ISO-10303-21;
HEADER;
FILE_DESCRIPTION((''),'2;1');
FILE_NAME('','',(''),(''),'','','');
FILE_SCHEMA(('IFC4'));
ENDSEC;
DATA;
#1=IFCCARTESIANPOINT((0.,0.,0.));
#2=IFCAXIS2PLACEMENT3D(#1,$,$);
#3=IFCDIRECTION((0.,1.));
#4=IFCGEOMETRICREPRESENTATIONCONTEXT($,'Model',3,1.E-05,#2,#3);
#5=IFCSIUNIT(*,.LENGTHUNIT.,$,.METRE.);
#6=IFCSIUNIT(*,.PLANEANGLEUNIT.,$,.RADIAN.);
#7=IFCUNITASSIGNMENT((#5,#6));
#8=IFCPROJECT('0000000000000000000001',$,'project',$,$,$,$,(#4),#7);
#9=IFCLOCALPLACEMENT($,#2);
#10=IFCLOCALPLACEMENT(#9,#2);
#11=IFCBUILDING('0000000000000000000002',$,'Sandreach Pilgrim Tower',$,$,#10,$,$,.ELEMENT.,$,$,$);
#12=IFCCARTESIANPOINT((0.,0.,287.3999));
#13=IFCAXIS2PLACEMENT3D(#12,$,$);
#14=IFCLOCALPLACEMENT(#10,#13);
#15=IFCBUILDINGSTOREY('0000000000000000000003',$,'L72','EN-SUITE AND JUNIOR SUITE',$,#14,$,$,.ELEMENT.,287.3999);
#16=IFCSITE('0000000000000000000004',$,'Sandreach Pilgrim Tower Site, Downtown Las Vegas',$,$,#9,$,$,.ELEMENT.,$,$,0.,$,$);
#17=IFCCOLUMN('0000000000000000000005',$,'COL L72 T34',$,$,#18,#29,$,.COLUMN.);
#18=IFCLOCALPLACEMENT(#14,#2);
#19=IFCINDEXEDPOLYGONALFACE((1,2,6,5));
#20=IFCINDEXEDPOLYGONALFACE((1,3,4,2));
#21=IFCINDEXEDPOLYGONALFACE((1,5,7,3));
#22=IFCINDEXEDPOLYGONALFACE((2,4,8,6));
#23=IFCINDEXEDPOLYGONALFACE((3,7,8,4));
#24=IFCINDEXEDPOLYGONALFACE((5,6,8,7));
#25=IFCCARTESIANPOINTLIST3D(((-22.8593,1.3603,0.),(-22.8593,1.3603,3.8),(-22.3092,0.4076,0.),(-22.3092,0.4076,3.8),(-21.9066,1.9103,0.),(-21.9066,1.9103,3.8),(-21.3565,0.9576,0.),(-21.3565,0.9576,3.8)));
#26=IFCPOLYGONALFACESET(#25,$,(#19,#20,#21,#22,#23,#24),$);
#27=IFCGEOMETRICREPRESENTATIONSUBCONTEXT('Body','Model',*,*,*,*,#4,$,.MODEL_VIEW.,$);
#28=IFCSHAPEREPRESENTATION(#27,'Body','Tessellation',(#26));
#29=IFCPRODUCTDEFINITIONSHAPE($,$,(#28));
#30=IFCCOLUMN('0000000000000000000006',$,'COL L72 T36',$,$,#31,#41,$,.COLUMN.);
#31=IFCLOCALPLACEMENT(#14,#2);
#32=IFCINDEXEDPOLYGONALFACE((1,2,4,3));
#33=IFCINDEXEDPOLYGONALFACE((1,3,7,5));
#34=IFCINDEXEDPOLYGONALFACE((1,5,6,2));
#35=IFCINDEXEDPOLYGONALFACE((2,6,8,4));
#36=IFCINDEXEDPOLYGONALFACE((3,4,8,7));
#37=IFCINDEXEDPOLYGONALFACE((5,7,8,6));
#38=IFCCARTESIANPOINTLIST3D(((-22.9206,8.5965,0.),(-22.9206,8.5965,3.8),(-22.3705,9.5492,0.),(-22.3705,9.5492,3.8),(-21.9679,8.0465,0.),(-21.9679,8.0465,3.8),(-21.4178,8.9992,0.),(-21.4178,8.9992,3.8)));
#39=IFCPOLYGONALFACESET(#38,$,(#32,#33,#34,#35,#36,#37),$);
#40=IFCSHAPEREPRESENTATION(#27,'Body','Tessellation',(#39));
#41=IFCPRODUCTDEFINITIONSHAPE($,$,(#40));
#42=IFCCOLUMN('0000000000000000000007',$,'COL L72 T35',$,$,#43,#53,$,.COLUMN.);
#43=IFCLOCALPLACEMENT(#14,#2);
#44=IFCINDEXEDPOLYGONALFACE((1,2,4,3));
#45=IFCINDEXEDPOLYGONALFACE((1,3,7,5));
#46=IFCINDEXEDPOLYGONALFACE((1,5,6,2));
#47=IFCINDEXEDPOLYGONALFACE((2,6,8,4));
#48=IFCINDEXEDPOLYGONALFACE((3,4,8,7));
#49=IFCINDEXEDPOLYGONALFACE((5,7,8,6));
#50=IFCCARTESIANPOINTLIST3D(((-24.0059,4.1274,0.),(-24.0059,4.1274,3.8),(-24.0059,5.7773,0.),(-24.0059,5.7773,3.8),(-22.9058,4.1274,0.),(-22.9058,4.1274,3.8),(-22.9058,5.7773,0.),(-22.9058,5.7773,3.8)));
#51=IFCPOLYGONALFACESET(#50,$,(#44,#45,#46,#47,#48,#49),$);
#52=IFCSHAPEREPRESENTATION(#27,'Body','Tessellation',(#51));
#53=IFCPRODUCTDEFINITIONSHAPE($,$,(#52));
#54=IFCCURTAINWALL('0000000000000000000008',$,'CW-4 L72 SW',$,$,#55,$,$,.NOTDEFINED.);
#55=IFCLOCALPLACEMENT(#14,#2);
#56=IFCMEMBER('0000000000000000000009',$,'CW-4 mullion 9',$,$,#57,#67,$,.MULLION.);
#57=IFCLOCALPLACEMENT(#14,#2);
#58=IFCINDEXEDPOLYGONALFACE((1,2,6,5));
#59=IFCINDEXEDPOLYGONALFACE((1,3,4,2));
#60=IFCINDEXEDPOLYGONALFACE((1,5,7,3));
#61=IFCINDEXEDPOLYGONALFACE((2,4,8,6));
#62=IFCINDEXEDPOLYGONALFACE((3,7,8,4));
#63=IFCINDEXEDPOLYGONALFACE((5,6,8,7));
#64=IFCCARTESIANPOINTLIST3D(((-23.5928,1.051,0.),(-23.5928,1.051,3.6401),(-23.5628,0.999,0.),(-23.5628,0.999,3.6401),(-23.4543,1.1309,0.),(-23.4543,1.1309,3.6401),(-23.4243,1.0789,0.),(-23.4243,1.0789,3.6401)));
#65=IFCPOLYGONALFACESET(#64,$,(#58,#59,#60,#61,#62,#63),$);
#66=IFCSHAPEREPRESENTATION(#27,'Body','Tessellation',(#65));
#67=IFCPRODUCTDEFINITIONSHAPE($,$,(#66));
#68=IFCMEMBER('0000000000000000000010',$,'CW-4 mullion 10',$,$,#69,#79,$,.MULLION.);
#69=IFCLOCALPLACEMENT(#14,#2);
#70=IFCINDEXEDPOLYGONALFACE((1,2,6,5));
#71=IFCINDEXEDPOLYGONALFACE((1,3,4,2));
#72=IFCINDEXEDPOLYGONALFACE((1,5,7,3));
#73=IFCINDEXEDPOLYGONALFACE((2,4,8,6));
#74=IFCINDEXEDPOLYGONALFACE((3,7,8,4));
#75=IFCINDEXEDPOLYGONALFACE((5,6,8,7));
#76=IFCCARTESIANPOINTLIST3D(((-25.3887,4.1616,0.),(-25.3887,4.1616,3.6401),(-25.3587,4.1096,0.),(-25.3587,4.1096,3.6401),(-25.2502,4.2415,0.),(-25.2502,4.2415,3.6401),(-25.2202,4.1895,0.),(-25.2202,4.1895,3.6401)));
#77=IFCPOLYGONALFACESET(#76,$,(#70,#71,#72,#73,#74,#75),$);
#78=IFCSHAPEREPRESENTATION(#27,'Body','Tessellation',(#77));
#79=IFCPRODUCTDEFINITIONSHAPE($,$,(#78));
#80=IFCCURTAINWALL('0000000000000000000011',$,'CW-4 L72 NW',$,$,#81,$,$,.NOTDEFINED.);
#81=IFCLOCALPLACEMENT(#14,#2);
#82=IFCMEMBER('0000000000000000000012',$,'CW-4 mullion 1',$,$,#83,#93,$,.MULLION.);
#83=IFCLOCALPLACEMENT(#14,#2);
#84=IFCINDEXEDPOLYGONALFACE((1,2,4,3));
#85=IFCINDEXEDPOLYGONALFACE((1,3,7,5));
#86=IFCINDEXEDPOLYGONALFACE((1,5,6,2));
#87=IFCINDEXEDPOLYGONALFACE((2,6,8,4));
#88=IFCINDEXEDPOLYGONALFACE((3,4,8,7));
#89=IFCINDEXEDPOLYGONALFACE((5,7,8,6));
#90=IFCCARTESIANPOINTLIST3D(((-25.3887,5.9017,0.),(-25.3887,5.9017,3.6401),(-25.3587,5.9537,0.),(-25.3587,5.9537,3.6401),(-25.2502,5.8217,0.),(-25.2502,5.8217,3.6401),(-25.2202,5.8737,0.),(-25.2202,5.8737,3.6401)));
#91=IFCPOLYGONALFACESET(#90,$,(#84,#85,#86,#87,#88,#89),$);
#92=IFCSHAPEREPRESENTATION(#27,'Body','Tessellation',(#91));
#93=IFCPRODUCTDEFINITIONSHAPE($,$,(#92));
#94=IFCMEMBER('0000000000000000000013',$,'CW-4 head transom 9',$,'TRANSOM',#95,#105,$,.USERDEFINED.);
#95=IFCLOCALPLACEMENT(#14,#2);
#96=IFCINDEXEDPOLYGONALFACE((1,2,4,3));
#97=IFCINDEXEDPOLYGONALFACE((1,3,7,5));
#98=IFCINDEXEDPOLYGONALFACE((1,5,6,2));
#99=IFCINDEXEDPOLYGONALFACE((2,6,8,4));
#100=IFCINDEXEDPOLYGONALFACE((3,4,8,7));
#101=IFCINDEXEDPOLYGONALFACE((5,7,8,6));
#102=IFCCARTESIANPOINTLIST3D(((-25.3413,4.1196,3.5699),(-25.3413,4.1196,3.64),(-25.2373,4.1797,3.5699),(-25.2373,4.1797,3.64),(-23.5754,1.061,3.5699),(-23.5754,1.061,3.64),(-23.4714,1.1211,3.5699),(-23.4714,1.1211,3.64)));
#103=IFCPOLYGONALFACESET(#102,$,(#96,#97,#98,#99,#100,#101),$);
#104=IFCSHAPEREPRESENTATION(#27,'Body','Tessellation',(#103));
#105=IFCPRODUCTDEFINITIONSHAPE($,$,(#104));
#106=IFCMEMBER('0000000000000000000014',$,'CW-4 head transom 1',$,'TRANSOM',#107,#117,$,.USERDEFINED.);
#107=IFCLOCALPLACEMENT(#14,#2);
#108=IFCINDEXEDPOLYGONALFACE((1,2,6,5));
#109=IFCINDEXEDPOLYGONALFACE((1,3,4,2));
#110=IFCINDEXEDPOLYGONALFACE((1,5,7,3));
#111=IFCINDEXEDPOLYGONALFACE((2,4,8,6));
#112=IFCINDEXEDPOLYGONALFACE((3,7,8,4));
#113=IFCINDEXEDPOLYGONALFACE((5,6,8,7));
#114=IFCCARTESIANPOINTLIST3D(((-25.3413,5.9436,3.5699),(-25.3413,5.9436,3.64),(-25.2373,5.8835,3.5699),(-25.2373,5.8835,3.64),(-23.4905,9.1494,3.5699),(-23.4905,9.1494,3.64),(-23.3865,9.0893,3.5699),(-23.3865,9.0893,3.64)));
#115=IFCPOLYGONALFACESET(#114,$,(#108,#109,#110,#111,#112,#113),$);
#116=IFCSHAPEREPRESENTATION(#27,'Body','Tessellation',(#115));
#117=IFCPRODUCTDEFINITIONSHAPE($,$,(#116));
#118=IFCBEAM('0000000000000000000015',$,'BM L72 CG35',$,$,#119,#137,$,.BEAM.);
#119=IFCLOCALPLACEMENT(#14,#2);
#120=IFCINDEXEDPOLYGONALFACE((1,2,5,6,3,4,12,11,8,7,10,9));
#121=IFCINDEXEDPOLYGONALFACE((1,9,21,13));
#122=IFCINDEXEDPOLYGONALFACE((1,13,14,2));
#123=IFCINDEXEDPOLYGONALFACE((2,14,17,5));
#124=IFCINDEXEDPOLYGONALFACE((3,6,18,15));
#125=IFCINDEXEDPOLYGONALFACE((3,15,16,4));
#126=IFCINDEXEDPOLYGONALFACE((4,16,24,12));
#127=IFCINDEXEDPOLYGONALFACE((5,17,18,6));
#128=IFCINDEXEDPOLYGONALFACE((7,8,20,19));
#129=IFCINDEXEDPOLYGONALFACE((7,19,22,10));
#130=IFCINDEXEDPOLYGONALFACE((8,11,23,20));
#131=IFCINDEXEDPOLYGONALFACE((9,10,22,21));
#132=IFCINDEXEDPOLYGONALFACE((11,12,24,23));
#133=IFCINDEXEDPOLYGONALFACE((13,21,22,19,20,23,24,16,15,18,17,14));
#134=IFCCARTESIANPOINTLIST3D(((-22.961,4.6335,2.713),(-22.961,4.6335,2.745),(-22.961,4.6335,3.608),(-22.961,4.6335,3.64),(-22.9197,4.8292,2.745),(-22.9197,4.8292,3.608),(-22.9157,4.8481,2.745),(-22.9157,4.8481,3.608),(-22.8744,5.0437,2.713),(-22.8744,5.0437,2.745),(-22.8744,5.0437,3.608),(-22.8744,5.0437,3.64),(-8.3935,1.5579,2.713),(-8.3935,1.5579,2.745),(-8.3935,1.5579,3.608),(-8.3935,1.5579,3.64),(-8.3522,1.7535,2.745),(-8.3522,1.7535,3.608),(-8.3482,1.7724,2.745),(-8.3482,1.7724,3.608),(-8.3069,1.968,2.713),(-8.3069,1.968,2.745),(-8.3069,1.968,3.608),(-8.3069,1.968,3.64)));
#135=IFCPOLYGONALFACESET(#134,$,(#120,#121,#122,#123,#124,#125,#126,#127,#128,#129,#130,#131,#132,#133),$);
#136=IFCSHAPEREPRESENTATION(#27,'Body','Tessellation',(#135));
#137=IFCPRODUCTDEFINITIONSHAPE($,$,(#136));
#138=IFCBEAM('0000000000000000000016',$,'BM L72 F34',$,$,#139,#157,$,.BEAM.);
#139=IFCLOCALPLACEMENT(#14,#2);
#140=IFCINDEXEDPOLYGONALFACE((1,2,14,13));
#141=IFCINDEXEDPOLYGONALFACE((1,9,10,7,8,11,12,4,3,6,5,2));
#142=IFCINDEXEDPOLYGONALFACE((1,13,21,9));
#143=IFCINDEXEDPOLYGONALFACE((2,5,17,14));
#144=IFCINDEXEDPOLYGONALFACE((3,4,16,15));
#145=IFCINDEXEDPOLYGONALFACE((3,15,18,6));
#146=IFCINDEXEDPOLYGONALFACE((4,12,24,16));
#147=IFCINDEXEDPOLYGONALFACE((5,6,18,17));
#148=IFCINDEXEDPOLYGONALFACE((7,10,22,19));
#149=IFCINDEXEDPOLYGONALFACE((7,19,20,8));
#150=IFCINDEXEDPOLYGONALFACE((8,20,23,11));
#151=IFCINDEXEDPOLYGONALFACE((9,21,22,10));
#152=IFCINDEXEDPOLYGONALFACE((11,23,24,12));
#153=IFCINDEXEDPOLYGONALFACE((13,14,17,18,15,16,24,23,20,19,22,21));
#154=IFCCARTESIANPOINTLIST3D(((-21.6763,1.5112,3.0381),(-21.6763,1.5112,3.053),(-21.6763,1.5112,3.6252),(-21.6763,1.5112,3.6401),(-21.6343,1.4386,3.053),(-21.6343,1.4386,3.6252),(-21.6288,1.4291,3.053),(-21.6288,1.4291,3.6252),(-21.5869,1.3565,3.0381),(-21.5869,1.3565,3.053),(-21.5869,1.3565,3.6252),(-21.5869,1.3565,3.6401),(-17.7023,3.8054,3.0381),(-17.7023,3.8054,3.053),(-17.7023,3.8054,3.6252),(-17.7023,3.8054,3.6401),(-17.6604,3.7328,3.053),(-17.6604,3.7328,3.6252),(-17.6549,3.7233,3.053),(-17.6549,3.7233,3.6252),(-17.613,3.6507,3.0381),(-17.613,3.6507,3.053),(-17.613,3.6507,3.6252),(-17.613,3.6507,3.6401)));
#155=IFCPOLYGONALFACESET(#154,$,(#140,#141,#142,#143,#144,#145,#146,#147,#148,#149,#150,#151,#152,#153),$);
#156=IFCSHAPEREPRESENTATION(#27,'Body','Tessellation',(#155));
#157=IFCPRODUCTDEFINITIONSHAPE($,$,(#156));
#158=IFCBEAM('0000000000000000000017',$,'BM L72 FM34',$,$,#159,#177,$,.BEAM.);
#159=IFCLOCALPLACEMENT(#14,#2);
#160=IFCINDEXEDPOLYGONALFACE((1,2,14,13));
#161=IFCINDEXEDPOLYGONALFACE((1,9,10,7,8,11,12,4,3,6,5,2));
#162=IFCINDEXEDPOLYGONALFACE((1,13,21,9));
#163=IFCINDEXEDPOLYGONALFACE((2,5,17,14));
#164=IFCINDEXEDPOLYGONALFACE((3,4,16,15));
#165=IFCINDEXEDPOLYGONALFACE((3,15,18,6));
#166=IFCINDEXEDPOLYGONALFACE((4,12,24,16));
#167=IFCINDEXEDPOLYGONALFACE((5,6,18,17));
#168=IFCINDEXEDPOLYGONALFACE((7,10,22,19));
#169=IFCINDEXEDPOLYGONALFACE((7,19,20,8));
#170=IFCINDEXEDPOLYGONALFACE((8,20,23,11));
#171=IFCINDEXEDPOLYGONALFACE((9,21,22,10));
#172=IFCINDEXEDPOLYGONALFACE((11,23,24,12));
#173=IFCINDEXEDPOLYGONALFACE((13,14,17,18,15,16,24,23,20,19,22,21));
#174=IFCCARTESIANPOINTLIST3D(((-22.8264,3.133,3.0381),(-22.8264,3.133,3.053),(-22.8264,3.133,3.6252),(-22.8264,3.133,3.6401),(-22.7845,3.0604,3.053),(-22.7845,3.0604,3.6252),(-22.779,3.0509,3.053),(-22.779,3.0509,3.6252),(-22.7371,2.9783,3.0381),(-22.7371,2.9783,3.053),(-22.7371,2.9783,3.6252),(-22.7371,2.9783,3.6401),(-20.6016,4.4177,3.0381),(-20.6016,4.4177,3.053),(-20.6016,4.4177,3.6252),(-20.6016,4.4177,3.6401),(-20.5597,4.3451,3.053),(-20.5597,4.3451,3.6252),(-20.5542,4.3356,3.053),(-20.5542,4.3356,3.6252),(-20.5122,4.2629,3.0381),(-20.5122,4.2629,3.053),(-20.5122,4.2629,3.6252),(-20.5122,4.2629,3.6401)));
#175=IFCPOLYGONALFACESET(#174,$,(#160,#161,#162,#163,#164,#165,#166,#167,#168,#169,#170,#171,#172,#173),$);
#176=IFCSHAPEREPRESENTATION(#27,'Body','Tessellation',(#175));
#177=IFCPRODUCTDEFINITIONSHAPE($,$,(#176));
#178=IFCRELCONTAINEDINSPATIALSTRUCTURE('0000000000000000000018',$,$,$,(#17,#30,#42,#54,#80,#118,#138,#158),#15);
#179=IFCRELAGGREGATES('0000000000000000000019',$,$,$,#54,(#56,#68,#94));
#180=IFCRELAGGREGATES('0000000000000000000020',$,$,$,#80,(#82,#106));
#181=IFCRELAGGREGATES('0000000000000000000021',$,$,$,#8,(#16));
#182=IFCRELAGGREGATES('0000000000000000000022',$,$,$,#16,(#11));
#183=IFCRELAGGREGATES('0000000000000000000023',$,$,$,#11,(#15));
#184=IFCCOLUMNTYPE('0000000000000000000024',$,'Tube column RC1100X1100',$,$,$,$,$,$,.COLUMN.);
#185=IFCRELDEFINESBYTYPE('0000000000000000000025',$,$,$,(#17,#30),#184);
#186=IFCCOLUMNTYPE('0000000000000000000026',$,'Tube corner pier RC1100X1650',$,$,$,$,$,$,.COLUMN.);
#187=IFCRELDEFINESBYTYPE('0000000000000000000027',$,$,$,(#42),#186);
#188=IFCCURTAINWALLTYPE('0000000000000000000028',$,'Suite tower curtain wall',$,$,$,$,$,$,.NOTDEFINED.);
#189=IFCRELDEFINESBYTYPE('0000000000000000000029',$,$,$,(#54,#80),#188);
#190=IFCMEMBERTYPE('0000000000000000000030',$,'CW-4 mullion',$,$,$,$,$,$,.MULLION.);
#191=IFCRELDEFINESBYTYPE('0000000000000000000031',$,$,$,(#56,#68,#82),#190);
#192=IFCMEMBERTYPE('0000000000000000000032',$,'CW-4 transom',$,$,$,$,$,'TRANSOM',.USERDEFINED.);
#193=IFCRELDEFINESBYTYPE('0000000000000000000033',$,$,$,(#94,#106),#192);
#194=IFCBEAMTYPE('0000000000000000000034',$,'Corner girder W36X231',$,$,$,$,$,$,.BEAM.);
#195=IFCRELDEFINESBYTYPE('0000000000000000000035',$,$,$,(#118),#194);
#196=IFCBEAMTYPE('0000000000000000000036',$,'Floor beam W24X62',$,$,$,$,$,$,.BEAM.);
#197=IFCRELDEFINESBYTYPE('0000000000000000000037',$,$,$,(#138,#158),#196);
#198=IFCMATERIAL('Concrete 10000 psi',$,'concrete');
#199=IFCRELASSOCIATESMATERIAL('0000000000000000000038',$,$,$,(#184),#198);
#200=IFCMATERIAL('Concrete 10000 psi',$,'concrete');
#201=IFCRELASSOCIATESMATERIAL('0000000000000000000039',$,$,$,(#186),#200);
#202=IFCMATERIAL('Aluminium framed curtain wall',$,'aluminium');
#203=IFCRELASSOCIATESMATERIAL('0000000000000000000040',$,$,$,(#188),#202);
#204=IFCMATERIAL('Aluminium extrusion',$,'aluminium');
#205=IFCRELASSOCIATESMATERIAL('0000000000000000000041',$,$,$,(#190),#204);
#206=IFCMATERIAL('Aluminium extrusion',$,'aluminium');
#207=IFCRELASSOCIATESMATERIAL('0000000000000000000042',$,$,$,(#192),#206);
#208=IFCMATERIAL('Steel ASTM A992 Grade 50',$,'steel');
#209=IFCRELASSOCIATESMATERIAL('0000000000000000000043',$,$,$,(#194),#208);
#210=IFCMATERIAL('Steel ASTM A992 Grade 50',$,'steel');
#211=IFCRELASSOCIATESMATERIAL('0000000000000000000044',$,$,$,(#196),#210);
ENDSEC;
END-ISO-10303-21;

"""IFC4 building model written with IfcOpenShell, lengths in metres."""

from ifc_helpers import new_model, si_unit, direction, frame, origin, origin_2d, place, context, subcontext, project, spatial, rectangle, i_section, extrude, material, material_profile, profile_set, type_object, element, aggregate, save


model = new_model("IFC4")

# Units and contexts
model_context = context("Model", 3, precision=1e-05, world=origin(), true_north=direction((0.0, 1.0)))
body_context = subcontext(model_context, "Body", "Model", "MODEL_VIEW")
ifc_project = project(units=[si_unit("LENGTHUNIT", "METRE"), si_unit("PLANEANGLEUNIT", "RADIAN")], contexts=[model_context])

# Site, building, storey
site_placement = place(None, origin())
site = spatial("IfcSite", under=ifc_project, at=site_placement, Name="Sandreach Pilgrim Tower Site, Downtown Las Vegas", CompositionType="ELEMENT", RefElevation=0.0)
building_placement = place(site_placement, origin())
building = spatial("IfcBuilding", under=site, at=building_placement, Name="Sandreach Pilgrim Tower", CompositionType="ELEMENT")
storey_placement = place(building_placement, frame((0.0, 0.0, 287.3999)))
storey = spatial("IfcBuildingStorey", under=building, at=storey_placement, Name="L72", Description="EN-SUITE AND JUNIOR SUITE", CompositionType="ELEMENT", Elevation=287.3999)

# Columns
ifc_material_1 = material(Name="Concrete 10000 psi", Category="concrete")
ifc_material_profile_1 = material_profile(ifc_material_1, rectangle(XDim=1.1001, YDim=1.1001, at=origin_2d()), Name="RC1100X1100")
ifc_profile_set_1 = profile_set([ifc_material_profile_1], Name="Concrete 10000 psi")
column_type_1 = type_object("IfcColumnType", Name="Tube column RC1100X1100", PredefinedType="COLUMN", material=ifc_profile_set_1)
for number, where, z_axis, x_axis, name in (
    (1, (-22.1079, 1.1589, 0.0), (0.0, 0.0, 1.0), (-0.866025, -0.5, 0.0), "COL L72 T34"),
    (2, (-22.1692, 8.7979, 0.0), (0.0, 0.0, 1.0), (-0.866025, 0.5, 0.0), "COL L72 T36"),
):
    element("IfcColumn", number, at=place(storey_placement, frame(where, z_axis=z_axis, x_axis=x_axis)), inside=storey, type_object=column_type_1, Name=name, PredefinedType="COLUMN", context=body_context, shape_type="SweptSolid", body=[
        extrude(rectangle(XDim=1.1001, YDim=1.1001, at=origin_2d()), origin(), (0.0, 0.0, 1.0), 3.8),
    ])
ifc_material_2 = material(Name="Concrete 10000 psi", Category="concrete")
ifc_material_profile_2 = material_profile(ifc_material_2, rectangle(XDim=1.1001, YDim=1.6499, at=origin_2d()), Name="RC1100X1650")
ifc_profile_set_2 = profile_set([ifc_material_profile_2], Name="Concrete 10000 psi")
column_type_2 = type_object("IfcColumnType", Name="Tube corner pier RC1100X1650", PredefinedType="COLUMN", material=ifc_profile_set_2)
column_placement = place(storey_placement, frame((-23.4558, 4.9524, 0.0), z_axis=(0.0, 0.0, 1.0), x_axis=(-1.0, 0.0, 0.0)))
element("IfcColumn", 3, at=column_placement, inside=storey, type_object=column_type_2, Name="COL L72 T35", PredefinedType="COLUMN", context=body_context, shape_type="SweptSolid", body=[
    extrude(rectangle(XDim=1.1001, YDim=1.6499, at=origin_2d()), origin(), (0.0, 0.0, 1.0), 3.8),
])

# Curtain wall, members
ifc_material_3 = material(Name="Aluminium framed curtain wall", Category="aluminium")
curtain_wall_type = type_object("IfcCurtainWallType", Name="Suite tower curtain wall", PredefinedType="NOTDEFINED", material=ifc_material_3)
curtain_wall_1_placement = place(storey_placement, origin())
curtain_wall_1 = element("IfcCurtainWall", 4, at=curtain_wall_1_placement, inside=storey, type_object=curtain_wall_type, Name="CW-4 L72 SW", PredefinedType="NOTDEFINED")
ifc_material_4 = material(Name="Aluminium extrusion", Category="aluminium")
ifc_material_profile_3 = material_profile(ifc_material_4, rectangle(XDim=0.0601, YDim=0.1599, at=origin_2d()), Name="CW-4M 60X160")
ifc_profile_set_3 = profile_set([ifc_material_profile_3], Name="Aluminium extrusion")
member_type_1 = type_object("IfcMemberType", Name="CW-4 mullion", PredefinedType="MULLION", material=ifc_profile_set_3)
member_1_placement = place(storey_placement, frame((-23.5085, 1.0649, 0.0), z_axis=(0.0, 0.0, 1.0), x_axis=(-0.5, 0.866025, 0.0)))
member_1 = element("IfcMember", 5, at=member_1_placement, type_object=member_type_1, Name="CW-4 mullion 9", PredefinedType="MULLION", context=body_context, shape_type="SweptSolid", body=[
    extrude(rectangle(XDim=0.0601, YDim=0.1599, at=origin_2d()), origin(), (0.0, 0.0, 1.0), 3.6401),
])
member_2_placement = place(storey_placement, frame((-25.3044, 4.1755, 0.0), z_axis=(0.0, 0.0, 1.0), x_axis=(-0.5, 0.866025, 0.0)))
member_2 = element("IfcMember", 6, at=member_2_placement, type_object=member_type_1, Name="CW-4 mullion 10", PredefinedType="MULLION", context=body_context, shape_type="SweptSolid", body=[
    extrude(rectangle(XDim=0.0601, YDim=0.1599, at=origin_2d()), origin(), (0.0, 0.0, 1.0), 3.6401),
])

# Curtain wall, member
curtain_wall_2_placement = place(storey_placement, origin())
curtain_wall_2 = element("IfcCurtainWall", 7, at=curtain_wall_2_placement, inside=storey, type_object=curtain_wall_type, Name="CW-4 L72 NW", PredefinedType="NOTDEFINED")
member_3_placement = place(storey_placement, frame((-25.3044, 5.8877, 0.0), z_axis=(0.0, 0.0, 1.0), x_axis=(0.5, 0.866025, 0.0)))
member_3 = element("IfcMember", 8, at=member_3_placement, type_object=member_type_1, Name="CW-4 mullion 1", PredefinedType="MULLION", context=body_context, shape_type="SweptSolid", body=[
    extrude(rectangle(XDim=0.0601, YDim=0.1599, at=origin_2d()), origin(), (0.0, 0.0, 1.0), 3.6401),
])

# Members
ifc_material_5 = material(Name="Aluminium extrusion", Category="aluminium")
ifc_material_profile_4 = material_profile(ifc_material_5, rectangle(XDim=0.1201, YDim=0.0701, at=origin_2d()), Name="CW-4T 120X70")
ifc_profile_set_4 = profile_set([ifc_material_profile_4], Name="Aluminium extrusion")
member_type_2 = type_object("IfcMemberType", Name="CW-4 transom", ElementType="TRANSOM", PredefinedType="USERDEFINED", material=ifc_profile_set_4)
member_4_placement = place(storey_placement, frame((-23.5234, 1.0911, 3.605), z_axis=(-0.499998, 0.866027, 0.0), x_axis=(-0.866027, -0.499998, 0.0)))
member_4 = element("IfcMember", 9, at=member_4_placement, type_object=member_type_2, Name="CW-4 head transom 9", ObjectType="TRANSOM", PredefinedType="USERDEFINED", context=body_context, shape_type="SweptSolid", body=[
    extrude(rectangle(XDim=0.1201, YDim=0.0701, at=origin_2d()), origin(), (0.0, 0.0, 1.0), 3.5317),
])
member_5_placement = place(storey_placement, frame((-25.2893, 5.9136, 3.605), z_axis=(0.499991, 0.866031, 0.0), x_axis=(-0.866031, 0.499991, 0.0)))
member_5 = element("IfcMember", 10, at=member_5_placement, type_object=member_type_2, Name="CW-4 head transom 1", ObjectType="TRANSOM", PredefinedType="USERDEFINED", context=body_context, shape_type="SweptSolid", body=[
    extrude(rectangle(XDim=0.1201, YDim=0.0701, at=origin_2d()), origin(), (0.0, 0.0, 1.0), 3.7017),
])

# Beams
ifc_material_6 = material(Name="Steel ASTM A992 Grade 50", Category="steel")
ifc_material_profile_5 = material_profile(ifc_material_6, i_section(OverallWidth=0.4192, OverallDepth=0.927, WebThickness=0.0193, FlangeThickness=0.032, at=origin_2d()), Name="W36X231")
ifc_profile_set_5 = profile_set([ifc_material_profile_5], Name="Steel ASTM A992 Grade 50")
beam_type_1 = type_object("IfcBeamType", Name="Corner girder W36X231", PredefinedType="BEAM", material=ifc_profile_set_5)
beam_1_placement = place(storey_placement, frame((-22.9177, 4.8386, 3.1765), z_axis=(0.97843, -0.206577, 0.0), x_axis=(0.206577, 0.97843, 0.0)))
element("IfcBeam", 11, at=beam_1_placement, inside=storey, type_object=beam_type_1, Name="BM L72 CG35", PredefinedType="BEAM", context=body_context, shape_type="SweptSolid", body=[
    extrude(i_section(OverallWidth=0.4192, OverallDepth=0.927, WebThickness=0.0193, FlangeThickness=0.032, at=origin_2d()), origin(), (0.0, 0.0, 1.0), 14.8887),
])
ifc_material_7 = material(Name="Steel ASTM A992 Grade 50", Category="steel")
ifc_material_profile_6 = material_profile(ifc_material_7, i_section(OverallWidth=0.1787, OverallDepth=0.6021, WebThickness=0.011, FlangeThickness=0.0149, at=origin_2d()), Name="W24X62")
ifc_profile_set_6 = profile_set([ifc_material_profile_6], Name="Steel ASTM A992 Grade 50")
beam_type_2 = type_object("IfcBeamType", Name="Floor beam W24X62", PredefinedType="BEAM", material=ifc_profile_set_6)
beam_2_placement = place(storey_placement, frame((-21.6316, 1.4338, 3.3391), z_axis=(0.866038, 0.499979, 0.0), x_axis=(-0.499979, 0.866038, 0.0)))
element("IfcBeam", 12, at=beam_2_placement, inside=storey, type_object=beam_type_2, Name="BM L72 F34", PredefinedType="BEAM", context=body_context, shape_type="SweptSolid", body=[
    extrude(i_section(OverallWidth=0.1787, OverallDepth=0.6021, WebThickness=0.011, FlangeThickness=0.0149, at=origin_2d()), origin(), (0.0, 0.0, 1.0), 4.5886),
])
beam_3_placement = place(storey_placement, frame((-22.7817, 3.0557, 3.3391), z_axis=(0.866, 0.500043, 0.0), x_axis=(-0.500043, 0.866, 0.0)))
element("IfcBeam", 13, at=beam_3_placement, inside=storey, type_object=beam_type_2, Name="BM L72 FM34", PredefinedType="BEAM", context=body_context, shape_type="SweptSolid", body=[
    extrude(i_section(OverallWidth=0.1787, OverallDepth=0.6021, WebThickness=0.011, FlangeThickness=0.0149, at=origin_2d()), origin(), (0.0, 0.0, 1.0), 2.5691),
])

aggregate(curtain_wall_1, [member_1, member_2, member_4])
aggregate(curtain_wall_2, [member_3, member_5])

save(model, "model.ifc")
